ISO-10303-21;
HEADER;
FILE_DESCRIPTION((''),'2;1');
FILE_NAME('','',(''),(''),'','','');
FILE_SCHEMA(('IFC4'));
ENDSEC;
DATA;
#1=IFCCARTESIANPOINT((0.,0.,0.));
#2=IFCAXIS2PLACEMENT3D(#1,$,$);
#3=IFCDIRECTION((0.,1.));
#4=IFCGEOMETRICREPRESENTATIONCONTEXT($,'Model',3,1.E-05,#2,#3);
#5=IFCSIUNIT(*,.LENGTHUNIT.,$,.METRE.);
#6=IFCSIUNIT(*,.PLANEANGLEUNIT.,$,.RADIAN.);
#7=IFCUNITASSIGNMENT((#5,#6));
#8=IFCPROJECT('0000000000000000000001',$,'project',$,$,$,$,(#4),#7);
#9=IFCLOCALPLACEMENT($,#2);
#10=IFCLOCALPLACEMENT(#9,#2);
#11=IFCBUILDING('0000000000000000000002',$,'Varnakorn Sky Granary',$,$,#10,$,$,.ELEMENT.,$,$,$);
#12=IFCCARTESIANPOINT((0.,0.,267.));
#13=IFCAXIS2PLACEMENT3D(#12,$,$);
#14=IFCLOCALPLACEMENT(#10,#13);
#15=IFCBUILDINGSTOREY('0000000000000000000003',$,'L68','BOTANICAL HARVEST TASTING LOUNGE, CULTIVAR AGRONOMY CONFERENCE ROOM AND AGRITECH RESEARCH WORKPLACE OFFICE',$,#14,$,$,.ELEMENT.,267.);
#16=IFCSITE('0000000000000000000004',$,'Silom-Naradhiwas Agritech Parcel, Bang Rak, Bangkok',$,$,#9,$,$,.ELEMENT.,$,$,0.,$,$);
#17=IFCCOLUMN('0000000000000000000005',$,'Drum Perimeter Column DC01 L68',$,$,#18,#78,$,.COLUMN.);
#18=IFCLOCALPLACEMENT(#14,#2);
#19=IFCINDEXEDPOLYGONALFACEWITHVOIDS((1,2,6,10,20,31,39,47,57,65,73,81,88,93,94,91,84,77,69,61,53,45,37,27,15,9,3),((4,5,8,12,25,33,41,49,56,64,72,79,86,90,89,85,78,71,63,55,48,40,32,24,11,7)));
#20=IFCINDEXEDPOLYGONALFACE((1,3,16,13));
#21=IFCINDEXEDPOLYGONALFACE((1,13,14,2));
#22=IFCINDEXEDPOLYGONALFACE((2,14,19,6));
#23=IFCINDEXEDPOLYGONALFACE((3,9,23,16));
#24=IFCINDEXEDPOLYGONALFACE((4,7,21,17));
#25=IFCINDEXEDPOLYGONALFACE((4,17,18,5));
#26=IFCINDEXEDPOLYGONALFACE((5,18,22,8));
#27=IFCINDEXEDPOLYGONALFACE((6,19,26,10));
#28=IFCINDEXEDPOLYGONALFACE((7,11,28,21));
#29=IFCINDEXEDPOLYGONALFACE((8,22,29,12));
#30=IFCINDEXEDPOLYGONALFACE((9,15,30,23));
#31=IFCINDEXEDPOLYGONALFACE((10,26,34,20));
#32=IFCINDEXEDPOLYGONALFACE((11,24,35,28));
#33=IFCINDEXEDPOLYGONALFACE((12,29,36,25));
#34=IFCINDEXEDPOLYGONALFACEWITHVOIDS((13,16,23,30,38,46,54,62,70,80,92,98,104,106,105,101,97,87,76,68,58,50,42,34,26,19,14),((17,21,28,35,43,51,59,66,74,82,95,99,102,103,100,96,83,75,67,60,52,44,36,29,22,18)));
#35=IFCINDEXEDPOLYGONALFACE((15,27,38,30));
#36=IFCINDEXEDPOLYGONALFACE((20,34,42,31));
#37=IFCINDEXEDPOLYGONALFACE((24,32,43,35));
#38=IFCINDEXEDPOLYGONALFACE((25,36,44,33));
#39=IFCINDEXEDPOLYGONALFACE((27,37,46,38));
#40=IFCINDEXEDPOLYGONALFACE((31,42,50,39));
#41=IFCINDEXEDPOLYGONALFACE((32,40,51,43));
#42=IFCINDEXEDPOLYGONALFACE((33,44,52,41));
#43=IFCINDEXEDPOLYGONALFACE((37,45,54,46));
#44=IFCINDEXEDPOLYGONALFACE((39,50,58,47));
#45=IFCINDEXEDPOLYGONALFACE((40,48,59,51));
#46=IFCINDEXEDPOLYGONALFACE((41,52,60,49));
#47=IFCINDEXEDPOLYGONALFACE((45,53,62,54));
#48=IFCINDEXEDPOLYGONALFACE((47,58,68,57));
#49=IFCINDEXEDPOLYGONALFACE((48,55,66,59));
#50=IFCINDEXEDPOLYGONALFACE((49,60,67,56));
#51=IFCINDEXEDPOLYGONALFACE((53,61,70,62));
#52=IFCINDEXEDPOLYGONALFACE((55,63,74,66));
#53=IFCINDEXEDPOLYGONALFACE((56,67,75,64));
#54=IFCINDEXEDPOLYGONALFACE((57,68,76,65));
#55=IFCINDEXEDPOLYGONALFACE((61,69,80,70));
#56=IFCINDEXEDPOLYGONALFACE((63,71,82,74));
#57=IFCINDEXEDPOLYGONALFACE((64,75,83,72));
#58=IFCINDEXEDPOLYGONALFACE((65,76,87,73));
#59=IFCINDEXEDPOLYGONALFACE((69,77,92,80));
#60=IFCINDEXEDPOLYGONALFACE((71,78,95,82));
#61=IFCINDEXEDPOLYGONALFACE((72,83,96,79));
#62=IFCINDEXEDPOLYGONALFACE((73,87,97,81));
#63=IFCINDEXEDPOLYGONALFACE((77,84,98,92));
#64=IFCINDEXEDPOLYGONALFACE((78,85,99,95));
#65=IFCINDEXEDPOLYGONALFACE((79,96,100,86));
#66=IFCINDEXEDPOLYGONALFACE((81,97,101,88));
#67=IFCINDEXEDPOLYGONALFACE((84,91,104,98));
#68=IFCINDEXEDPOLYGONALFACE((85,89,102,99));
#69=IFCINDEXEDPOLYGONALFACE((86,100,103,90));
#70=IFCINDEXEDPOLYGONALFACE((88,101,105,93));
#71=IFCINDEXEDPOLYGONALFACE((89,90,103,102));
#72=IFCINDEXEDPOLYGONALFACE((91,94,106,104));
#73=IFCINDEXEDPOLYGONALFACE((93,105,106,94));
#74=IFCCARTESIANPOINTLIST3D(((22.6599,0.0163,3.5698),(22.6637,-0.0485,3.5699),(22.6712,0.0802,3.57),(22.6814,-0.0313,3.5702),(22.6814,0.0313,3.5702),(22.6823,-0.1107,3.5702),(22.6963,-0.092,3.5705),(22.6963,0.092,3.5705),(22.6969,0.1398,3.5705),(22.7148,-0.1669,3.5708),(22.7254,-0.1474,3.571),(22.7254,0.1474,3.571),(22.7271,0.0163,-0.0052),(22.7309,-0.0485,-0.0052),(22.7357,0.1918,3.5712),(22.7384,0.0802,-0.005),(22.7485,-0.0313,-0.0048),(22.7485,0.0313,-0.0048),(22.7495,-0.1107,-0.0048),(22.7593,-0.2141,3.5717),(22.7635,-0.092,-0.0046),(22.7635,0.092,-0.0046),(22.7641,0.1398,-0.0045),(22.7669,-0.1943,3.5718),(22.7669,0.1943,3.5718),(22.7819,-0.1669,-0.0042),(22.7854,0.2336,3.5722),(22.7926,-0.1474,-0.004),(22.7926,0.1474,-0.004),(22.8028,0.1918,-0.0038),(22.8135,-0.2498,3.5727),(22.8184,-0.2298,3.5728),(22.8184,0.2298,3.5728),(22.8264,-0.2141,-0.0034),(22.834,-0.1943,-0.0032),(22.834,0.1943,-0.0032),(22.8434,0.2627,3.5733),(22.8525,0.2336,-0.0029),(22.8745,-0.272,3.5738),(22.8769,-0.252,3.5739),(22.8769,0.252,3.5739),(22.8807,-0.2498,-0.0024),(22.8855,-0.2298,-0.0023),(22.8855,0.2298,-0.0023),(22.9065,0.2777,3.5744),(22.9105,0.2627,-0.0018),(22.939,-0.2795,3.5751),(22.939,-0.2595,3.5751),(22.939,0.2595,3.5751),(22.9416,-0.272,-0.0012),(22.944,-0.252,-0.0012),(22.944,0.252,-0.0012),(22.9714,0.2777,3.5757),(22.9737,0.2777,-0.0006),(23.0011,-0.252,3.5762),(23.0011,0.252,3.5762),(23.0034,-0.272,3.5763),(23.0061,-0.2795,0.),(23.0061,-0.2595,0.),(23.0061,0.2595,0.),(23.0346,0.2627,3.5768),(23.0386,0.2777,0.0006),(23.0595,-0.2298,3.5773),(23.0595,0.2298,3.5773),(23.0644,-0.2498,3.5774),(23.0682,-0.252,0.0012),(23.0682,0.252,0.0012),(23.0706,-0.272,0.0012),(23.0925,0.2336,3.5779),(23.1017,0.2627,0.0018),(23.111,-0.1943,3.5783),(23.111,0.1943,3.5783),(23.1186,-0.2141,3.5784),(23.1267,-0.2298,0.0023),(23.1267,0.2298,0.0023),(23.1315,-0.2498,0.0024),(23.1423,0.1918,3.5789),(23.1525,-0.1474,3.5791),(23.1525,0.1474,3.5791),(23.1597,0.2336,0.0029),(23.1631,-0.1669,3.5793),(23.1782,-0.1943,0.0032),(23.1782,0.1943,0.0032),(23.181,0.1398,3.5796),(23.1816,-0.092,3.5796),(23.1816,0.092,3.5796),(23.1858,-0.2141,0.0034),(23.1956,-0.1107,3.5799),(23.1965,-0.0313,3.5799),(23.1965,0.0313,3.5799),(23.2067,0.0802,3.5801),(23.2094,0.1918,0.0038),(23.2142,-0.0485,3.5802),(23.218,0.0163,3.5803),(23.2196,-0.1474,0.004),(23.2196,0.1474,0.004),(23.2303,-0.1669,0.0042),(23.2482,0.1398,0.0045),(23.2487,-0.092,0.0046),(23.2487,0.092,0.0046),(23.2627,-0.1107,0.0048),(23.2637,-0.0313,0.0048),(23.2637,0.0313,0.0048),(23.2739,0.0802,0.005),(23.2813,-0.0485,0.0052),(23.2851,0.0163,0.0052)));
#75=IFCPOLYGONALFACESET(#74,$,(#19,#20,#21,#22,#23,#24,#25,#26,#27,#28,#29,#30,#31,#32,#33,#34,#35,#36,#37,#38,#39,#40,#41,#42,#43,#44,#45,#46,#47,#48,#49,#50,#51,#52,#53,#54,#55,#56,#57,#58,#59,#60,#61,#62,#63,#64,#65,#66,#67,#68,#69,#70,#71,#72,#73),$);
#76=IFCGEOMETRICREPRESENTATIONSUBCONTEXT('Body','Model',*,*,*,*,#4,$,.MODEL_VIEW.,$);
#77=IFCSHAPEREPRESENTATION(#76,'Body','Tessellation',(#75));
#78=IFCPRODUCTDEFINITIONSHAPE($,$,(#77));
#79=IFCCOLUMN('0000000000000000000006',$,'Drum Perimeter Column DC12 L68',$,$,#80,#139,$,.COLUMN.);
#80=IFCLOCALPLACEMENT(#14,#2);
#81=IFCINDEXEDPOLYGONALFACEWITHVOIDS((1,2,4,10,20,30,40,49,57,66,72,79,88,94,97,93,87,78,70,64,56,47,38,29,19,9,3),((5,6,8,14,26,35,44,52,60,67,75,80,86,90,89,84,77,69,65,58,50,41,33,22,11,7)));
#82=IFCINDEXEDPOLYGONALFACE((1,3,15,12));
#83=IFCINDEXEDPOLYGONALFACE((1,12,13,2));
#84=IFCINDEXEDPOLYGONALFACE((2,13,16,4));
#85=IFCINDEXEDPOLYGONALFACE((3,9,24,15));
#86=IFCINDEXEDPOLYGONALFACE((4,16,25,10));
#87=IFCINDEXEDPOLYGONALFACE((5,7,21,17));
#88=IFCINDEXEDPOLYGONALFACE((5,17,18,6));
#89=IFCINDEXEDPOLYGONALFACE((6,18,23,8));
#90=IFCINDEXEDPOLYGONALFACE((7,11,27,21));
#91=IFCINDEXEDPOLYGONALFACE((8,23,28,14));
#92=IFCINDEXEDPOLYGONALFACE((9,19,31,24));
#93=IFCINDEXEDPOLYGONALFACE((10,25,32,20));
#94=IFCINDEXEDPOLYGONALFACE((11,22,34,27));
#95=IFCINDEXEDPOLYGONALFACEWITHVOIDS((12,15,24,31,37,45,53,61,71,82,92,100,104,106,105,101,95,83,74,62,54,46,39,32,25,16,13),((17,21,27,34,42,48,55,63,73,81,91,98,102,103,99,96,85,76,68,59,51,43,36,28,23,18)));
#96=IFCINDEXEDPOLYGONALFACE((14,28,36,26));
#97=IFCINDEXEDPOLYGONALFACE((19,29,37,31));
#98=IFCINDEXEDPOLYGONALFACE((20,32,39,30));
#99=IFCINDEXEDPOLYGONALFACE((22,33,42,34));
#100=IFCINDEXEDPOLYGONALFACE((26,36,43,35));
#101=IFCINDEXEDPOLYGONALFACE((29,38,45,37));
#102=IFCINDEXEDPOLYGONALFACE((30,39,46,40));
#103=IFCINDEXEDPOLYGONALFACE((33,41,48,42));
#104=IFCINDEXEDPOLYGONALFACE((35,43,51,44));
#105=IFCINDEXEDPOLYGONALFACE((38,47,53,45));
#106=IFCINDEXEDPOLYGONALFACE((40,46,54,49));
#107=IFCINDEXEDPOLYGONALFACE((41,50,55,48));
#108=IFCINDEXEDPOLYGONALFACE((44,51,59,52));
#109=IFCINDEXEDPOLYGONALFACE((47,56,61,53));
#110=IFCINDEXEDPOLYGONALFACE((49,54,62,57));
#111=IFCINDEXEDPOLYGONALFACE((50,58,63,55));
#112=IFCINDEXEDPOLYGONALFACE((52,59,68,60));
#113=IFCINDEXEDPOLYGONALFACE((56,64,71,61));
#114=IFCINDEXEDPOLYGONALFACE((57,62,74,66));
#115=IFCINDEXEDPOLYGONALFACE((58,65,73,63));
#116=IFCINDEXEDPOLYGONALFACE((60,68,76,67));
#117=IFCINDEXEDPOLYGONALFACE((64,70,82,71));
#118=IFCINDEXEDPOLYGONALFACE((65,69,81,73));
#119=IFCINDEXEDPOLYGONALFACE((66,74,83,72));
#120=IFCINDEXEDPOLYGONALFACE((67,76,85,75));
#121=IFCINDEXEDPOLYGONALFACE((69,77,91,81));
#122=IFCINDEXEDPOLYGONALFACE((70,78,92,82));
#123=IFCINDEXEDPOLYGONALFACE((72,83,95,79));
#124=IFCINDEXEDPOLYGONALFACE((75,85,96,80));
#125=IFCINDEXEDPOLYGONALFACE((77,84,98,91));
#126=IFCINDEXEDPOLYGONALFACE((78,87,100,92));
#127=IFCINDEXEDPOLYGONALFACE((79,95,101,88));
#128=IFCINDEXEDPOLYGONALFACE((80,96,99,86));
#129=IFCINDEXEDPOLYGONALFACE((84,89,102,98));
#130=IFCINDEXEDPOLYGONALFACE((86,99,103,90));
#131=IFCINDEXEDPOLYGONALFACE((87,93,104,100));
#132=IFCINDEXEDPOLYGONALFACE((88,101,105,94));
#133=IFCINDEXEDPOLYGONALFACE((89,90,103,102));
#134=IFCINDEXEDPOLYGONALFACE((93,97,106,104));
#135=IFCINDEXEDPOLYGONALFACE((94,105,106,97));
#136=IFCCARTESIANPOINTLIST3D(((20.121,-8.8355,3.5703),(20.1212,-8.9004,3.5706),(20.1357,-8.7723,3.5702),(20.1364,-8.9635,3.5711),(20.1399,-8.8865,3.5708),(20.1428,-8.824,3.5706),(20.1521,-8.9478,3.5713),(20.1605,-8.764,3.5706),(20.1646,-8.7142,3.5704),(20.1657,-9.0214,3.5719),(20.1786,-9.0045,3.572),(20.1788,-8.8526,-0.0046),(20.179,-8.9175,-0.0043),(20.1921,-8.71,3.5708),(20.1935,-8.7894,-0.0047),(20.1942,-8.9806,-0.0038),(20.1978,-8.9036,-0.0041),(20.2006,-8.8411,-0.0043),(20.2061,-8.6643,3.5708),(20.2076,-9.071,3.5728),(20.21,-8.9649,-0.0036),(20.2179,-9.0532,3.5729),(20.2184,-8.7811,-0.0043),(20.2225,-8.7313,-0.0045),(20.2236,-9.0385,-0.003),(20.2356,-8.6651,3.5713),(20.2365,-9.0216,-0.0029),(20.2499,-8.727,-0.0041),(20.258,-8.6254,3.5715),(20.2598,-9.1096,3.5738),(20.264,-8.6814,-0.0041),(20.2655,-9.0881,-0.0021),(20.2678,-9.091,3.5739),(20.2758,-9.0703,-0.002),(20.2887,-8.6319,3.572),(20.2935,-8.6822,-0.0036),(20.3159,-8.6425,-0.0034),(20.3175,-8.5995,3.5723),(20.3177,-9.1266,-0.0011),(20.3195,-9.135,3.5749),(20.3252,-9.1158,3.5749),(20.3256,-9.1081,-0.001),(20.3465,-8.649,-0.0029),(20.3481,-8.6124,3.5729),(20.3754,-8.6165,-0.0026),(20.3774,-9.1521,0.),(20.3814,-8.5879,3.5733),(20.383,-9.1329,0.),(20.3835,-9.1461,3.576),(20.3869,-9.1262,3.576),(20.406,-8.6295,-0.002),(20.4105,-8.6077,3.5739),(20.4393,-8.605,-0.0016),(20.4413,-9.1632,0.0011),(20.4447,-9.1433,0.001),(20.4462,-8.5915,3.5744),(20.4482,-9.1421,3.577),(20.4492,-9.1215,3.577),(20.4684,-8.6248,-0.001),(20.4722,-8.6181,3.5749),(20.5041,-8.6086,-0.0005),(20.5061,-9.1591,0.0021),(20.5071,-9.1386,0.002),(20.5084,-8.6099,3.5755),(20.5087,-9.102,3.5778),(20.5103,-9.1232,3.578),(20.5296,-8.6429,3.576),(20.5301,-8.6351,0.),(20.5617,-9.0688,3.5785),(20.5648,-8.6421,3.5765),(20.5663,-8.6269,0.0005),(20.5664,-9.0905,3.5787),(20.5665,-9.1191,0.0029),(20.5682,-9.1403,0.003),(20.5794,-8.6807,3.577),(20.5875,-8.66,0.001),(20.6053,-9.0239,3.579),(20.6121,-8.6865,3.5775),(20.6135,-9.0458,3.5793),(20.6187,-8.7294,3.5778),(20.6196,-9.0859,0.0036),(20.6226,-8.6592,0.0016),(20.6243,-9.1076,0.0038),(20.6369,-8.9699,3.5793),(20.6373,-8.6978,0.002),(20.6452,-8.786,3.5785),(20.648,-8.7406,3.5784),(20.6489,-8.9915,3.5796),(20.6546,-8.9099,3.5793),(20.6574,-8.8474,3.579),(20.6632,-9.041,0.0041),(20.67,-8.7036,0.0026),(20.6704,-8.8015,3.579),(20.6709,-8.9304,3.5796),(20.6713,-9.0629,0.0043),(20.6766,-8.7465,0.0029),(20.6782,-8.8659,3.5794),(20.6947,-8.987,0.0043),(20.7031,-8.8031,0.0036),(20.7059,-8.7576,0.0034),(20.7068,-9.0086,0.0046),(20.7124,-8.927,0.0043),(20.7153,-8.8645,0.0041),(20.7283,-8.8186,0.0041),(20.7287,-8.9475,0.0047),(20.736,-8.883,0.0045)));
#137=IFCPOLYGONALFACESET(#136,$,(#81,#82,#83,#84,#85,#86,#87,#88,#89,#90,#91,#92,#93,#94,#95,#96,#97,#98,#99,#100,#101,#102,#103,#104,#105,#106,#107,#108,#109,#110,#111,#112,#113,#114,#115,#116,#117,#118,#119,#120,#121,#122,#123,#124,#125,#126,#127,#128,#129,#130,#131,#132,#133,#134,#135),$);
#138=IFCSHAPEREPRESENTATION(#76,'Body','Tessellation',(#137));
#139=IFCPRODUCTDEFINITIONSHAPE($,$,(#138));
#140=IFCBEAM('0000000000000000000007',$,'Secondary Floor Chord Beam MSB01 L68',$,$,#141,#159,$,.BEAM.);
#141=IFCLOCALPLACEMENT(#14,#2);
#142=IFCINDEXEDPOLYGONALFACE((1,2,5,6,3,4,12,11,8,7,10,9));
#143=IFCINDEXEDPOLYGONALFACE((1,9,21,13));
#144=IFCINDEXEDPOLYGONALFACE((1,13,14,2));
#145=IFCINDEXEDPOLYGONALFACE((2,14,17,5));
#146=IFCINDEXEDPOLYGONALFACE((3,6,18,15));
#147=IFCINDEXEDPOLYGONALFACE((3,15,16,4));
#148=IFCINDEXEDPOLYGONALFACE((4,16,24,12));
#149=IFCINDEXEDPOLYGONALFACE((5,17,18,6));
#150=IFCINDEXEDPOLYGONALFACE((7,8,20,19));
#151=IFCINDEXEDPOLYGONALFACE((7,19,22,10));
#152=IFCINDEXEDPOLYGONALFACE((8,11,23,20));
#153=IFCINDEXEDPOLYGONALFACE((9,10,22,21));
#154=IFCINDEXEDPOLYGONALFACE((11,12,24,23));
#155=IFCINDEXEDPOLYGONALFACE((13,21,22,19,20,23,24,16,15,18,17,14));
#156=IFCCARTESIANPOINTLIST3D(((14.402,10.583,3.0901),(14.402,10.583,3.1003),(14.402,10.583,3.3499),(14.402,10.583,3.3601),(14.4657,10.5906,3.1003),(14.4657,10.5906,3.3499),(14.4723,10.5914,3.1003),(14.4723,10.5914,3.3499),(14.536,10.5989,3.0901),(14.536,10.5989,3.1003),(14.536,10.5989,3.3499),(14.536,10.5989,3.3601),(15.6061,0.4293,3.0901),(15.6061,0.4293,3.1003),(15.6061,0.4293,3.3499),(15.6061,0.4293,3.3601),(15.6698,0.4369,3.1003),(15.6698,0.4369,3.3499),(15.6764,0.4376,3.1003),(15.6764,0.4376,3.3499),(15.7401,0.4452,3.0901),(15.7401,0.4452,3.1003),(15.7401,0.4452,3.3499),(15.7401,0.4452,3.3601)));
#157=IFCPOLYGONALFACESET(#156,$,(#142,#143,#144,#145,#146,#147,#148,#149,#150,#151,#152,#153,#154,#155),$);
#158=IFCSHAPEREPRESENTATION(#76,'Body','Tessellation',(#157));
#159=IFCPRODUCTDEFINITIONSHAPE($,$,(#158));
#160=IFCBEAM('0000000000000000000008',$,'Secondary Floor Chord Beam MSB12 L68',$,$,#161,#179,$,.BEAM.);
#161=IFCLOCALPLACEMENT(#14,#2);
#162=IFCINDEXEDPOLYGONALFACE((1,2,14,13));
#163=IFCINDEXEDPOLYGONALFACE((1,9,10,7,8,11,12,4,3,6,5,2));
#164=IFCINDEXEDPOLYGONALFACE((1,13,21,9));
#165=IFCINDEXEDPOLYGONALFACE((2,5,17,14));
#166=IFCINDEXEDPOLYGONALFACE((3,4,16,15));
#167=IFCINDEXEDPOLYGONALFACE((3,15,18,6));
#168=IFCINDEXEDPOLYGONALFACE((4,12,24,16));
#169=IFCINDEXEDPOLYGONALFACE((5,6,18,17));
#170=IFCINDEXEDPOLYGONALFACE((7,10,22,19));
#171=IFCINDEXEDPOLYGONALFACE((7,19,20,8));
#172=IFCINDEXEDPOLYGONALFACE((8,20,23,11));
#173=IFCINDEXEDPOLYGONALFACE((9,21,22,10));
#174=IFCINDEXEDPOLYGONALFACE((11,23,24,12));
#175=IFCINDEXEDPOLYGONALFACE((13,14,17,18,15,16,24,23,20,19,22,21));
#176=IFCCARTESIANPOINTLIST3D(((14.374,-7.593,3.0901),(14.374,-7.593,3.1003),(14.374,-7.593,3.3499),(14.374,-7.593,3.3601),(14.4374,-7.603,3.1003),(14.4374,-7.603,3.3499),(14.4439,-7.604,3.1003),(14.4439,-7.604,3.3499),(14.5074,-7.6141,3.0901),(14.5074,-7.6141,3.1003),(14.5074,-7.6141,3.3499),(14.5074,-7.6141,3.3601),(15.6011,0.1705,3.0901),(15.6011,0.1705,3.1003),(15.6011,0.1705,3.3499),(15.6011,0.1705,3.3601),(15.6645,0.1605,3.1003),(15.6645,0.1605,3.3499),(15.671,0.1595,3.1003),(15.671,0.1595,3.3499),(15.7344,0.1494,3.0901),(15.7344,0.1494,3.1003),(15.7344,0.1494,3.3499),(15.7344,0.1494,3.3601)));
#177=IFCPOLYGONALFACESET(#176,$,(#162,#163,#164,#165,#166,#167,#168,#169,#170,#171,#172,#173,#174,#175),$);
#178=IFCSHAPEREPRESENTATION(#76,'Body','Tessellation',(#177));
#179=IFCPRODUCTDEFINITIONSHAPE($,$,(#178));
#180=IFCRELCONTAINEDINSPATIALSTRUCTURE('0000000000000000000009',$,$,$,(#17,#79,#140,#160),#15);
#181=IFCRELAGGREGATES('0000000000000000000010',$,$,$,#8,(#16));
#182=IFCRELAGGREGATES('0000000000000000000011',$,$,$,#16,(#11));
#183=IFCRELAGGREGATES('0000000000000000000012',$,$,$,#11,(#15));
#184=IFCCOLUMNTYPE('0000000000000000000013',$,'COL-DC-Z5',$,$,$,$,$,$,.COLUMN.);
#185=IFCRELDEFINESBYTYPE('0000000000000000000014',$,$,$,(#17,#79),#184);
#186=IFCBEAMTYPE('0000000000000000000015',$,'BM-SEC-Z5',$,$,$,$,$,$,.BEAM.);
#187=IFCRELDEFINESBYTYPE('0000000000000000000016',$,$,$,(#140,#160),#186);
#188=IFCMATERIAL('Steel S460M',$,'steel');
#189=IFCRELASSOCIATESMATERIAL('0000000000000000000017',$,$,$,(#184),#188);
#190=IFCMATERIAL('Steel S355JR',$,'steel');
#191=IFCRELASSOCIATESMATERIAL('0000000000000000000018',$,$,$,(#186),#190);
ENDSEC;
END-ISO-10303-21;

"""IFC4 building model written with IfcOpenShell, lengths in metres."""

from ifc_helpers import new_model, si_unit, direction, frame, origin, origin_2d, place, context, subcontext, project, spatial, hollow_circle, i_section, extrude, material, material_profile, profile_set, type_object, element, save


model = new_model("IFC4")

# Units and contexts
model_context = context("Model", 3, precision=1e-05, world=origin(), true_north=direction((0.0, 1.0)))
body_context = subcontext(model_context, "Body", "Model", "MODEL_VIEW")
ifc_project = project(units=[si_unit("LENGTHUNIT", "METRE"), si_unit("PLANEANGLEUNIT", "RADIAN")], contexts=[model_context])

# Site, building, storey
site_placement = place(None, origin())
site = spatial("IfcSite", under=ifc_project, at=site_placement, Name="Silom-Naradhiwas Agritech Parcel, Bang Rak, Bangkok", CompositionType="ELEMENT", RefElevation=0.0)
building_placement = place(site_placement, origin())
building = spatial("IfcBuilding", under=site, at=building_placement, Name="Varnakorn Sky Granary", CompositionType="ELEMENT")
storey_placement = place(building_placement, frame((0.0, 0.0, 267.0)))
storey = spatial("IfcBuildingStorey", under=building, at=storey_placement, Name="L68", Description="BOTANICAL HARVEST TASTING LOUNGE, CULTIVAR AGRONOMY CONFERENCE ROOM AND AGRITECH RESEARCH WORKPLACE OFFICE", CompositionType="ELEMENT", Elevation=267.0)

# Columns
ifc_material_1 = material(Name="Steel S460M", Category="steel")
ifc_material_profile_1 = material_profile(ifc_material_1, hollow_circle(Radius=0.2795, WallThickness=0.02, at=origin_2d()), Name="CHS 559x20")
ifc_profile_set_1 = profile_set([ifc_material_profile_1], Name="Steel S460M")
column_type = type_object("IfcColumnType", Name="COL-DC-Z5", PredefinedType="COLUMN", material=ifc_profile_set_1)
column_1_placement = place(storey_placement, frame((23.0061, 0.0, 0.0), z_axis=(-0.018777, 0.0, 0.999824), x_axis=(0.0, -1.0, 0.0)))
element("IfcColumn", 1, at=column_1_placement, inside=storey, type_object=column_type, Name="Drum Perimeter Column DC01 L68", PredefinedType="COLUMN", context=body_context, shape_type="SweptSolid", body=[
    extrude(hollow_circle(Radius=0.2795, WallThickness=0.02, at=origin_2d()), origin(), (0.0, 0.0, 1.0), 3.5757),
])
column_2_placement = place(storey_placement, frame((20.4565, -8.884, 0.0), z_axis=(-0.016183, 0.00478, 0.999858), x_axis=(-0.283262, -0.959043, 0.0)))
element("IfcColumn", 2, at=column_2_placement, inside=storey, type_object=column_type, Name="Drum Perimeter Column DC12 L68", PredefinedType="COLUMN", context=body_context, shape_type="SweptSolid", body=[
    extrude(hollow_circle(Radius=0.2795, WallThickness=0.02, at=origin_2d()), origin(), (0.0, 0.0, 1.0), 3.5754),
])

# Beams
ifc_material_2 = material(Name="Steel S355JR", Category="steel")
ifc_material_profile_2 = material_profile(ifc_material_2, i_section(OverallWidth=0.135, OverallDepth=0.27, WebThickness=0.0066, FlangeThickness=0.0103, at=origin_2d()), Name="IPE 270")
ifc_profile_set_2 = profile_set([ifc_material_profile_2], Name="Steel S355JR")
beam_type_1 = type_object("IfcBeamType", Name="BM-SEC-Z5", PredefinedType="BEAM", material=ifc_profile_set_2)
beam_1_placement = place(storey_placement, frame((15.6731, 0.4373, 3.2251), z_axis=(-0.117761, 0.993042, 0.0), x_axis=(-0.993042, -0.117761, 0.0)))
element("IfcBeam", 3, at=beam_1_placement, inside=storey, type_object=beam_type_1, Name="Secondary Floor Chord Beam MSB01 L68", PredefinedType="BEAM", context=body_context, shape_type="SweptSolid", body=[
    extrude(i_section(OverallWidth=0.135, OverallDepth=0.27, WebThickness=0.0066, FlangeThickness=0.0103, at=origin_2d()), origin(), (0.0, 0.0, 1.0), 10.2249),
])
beam_2_placement = place(storey_placement, frame((14.4407, -7.6035, 3.2251), z_axis=(0.156117, 0.987739, 0.0), x_axis=(-0.987739, 0.156117, 0.0)))
element("IfcBeam", 4, at=beam_2_placement, inside=storey, type_object=beam_type_1, Name="Secondary Floor Chord Beam MSB12 L68", PredefinedType="BEAM", context=body_context, shape_type="SweptSolid", body=[
    extrude(i_section(OverallWidth=0.135, OverallDepth=0.27, WebThickness=0.0066, FlangeThickness=0.0103, at=origin_2d()), origin(), (0.0, 0.0, 1.0), 7.8599),
])

save(model, "model.ifc")
